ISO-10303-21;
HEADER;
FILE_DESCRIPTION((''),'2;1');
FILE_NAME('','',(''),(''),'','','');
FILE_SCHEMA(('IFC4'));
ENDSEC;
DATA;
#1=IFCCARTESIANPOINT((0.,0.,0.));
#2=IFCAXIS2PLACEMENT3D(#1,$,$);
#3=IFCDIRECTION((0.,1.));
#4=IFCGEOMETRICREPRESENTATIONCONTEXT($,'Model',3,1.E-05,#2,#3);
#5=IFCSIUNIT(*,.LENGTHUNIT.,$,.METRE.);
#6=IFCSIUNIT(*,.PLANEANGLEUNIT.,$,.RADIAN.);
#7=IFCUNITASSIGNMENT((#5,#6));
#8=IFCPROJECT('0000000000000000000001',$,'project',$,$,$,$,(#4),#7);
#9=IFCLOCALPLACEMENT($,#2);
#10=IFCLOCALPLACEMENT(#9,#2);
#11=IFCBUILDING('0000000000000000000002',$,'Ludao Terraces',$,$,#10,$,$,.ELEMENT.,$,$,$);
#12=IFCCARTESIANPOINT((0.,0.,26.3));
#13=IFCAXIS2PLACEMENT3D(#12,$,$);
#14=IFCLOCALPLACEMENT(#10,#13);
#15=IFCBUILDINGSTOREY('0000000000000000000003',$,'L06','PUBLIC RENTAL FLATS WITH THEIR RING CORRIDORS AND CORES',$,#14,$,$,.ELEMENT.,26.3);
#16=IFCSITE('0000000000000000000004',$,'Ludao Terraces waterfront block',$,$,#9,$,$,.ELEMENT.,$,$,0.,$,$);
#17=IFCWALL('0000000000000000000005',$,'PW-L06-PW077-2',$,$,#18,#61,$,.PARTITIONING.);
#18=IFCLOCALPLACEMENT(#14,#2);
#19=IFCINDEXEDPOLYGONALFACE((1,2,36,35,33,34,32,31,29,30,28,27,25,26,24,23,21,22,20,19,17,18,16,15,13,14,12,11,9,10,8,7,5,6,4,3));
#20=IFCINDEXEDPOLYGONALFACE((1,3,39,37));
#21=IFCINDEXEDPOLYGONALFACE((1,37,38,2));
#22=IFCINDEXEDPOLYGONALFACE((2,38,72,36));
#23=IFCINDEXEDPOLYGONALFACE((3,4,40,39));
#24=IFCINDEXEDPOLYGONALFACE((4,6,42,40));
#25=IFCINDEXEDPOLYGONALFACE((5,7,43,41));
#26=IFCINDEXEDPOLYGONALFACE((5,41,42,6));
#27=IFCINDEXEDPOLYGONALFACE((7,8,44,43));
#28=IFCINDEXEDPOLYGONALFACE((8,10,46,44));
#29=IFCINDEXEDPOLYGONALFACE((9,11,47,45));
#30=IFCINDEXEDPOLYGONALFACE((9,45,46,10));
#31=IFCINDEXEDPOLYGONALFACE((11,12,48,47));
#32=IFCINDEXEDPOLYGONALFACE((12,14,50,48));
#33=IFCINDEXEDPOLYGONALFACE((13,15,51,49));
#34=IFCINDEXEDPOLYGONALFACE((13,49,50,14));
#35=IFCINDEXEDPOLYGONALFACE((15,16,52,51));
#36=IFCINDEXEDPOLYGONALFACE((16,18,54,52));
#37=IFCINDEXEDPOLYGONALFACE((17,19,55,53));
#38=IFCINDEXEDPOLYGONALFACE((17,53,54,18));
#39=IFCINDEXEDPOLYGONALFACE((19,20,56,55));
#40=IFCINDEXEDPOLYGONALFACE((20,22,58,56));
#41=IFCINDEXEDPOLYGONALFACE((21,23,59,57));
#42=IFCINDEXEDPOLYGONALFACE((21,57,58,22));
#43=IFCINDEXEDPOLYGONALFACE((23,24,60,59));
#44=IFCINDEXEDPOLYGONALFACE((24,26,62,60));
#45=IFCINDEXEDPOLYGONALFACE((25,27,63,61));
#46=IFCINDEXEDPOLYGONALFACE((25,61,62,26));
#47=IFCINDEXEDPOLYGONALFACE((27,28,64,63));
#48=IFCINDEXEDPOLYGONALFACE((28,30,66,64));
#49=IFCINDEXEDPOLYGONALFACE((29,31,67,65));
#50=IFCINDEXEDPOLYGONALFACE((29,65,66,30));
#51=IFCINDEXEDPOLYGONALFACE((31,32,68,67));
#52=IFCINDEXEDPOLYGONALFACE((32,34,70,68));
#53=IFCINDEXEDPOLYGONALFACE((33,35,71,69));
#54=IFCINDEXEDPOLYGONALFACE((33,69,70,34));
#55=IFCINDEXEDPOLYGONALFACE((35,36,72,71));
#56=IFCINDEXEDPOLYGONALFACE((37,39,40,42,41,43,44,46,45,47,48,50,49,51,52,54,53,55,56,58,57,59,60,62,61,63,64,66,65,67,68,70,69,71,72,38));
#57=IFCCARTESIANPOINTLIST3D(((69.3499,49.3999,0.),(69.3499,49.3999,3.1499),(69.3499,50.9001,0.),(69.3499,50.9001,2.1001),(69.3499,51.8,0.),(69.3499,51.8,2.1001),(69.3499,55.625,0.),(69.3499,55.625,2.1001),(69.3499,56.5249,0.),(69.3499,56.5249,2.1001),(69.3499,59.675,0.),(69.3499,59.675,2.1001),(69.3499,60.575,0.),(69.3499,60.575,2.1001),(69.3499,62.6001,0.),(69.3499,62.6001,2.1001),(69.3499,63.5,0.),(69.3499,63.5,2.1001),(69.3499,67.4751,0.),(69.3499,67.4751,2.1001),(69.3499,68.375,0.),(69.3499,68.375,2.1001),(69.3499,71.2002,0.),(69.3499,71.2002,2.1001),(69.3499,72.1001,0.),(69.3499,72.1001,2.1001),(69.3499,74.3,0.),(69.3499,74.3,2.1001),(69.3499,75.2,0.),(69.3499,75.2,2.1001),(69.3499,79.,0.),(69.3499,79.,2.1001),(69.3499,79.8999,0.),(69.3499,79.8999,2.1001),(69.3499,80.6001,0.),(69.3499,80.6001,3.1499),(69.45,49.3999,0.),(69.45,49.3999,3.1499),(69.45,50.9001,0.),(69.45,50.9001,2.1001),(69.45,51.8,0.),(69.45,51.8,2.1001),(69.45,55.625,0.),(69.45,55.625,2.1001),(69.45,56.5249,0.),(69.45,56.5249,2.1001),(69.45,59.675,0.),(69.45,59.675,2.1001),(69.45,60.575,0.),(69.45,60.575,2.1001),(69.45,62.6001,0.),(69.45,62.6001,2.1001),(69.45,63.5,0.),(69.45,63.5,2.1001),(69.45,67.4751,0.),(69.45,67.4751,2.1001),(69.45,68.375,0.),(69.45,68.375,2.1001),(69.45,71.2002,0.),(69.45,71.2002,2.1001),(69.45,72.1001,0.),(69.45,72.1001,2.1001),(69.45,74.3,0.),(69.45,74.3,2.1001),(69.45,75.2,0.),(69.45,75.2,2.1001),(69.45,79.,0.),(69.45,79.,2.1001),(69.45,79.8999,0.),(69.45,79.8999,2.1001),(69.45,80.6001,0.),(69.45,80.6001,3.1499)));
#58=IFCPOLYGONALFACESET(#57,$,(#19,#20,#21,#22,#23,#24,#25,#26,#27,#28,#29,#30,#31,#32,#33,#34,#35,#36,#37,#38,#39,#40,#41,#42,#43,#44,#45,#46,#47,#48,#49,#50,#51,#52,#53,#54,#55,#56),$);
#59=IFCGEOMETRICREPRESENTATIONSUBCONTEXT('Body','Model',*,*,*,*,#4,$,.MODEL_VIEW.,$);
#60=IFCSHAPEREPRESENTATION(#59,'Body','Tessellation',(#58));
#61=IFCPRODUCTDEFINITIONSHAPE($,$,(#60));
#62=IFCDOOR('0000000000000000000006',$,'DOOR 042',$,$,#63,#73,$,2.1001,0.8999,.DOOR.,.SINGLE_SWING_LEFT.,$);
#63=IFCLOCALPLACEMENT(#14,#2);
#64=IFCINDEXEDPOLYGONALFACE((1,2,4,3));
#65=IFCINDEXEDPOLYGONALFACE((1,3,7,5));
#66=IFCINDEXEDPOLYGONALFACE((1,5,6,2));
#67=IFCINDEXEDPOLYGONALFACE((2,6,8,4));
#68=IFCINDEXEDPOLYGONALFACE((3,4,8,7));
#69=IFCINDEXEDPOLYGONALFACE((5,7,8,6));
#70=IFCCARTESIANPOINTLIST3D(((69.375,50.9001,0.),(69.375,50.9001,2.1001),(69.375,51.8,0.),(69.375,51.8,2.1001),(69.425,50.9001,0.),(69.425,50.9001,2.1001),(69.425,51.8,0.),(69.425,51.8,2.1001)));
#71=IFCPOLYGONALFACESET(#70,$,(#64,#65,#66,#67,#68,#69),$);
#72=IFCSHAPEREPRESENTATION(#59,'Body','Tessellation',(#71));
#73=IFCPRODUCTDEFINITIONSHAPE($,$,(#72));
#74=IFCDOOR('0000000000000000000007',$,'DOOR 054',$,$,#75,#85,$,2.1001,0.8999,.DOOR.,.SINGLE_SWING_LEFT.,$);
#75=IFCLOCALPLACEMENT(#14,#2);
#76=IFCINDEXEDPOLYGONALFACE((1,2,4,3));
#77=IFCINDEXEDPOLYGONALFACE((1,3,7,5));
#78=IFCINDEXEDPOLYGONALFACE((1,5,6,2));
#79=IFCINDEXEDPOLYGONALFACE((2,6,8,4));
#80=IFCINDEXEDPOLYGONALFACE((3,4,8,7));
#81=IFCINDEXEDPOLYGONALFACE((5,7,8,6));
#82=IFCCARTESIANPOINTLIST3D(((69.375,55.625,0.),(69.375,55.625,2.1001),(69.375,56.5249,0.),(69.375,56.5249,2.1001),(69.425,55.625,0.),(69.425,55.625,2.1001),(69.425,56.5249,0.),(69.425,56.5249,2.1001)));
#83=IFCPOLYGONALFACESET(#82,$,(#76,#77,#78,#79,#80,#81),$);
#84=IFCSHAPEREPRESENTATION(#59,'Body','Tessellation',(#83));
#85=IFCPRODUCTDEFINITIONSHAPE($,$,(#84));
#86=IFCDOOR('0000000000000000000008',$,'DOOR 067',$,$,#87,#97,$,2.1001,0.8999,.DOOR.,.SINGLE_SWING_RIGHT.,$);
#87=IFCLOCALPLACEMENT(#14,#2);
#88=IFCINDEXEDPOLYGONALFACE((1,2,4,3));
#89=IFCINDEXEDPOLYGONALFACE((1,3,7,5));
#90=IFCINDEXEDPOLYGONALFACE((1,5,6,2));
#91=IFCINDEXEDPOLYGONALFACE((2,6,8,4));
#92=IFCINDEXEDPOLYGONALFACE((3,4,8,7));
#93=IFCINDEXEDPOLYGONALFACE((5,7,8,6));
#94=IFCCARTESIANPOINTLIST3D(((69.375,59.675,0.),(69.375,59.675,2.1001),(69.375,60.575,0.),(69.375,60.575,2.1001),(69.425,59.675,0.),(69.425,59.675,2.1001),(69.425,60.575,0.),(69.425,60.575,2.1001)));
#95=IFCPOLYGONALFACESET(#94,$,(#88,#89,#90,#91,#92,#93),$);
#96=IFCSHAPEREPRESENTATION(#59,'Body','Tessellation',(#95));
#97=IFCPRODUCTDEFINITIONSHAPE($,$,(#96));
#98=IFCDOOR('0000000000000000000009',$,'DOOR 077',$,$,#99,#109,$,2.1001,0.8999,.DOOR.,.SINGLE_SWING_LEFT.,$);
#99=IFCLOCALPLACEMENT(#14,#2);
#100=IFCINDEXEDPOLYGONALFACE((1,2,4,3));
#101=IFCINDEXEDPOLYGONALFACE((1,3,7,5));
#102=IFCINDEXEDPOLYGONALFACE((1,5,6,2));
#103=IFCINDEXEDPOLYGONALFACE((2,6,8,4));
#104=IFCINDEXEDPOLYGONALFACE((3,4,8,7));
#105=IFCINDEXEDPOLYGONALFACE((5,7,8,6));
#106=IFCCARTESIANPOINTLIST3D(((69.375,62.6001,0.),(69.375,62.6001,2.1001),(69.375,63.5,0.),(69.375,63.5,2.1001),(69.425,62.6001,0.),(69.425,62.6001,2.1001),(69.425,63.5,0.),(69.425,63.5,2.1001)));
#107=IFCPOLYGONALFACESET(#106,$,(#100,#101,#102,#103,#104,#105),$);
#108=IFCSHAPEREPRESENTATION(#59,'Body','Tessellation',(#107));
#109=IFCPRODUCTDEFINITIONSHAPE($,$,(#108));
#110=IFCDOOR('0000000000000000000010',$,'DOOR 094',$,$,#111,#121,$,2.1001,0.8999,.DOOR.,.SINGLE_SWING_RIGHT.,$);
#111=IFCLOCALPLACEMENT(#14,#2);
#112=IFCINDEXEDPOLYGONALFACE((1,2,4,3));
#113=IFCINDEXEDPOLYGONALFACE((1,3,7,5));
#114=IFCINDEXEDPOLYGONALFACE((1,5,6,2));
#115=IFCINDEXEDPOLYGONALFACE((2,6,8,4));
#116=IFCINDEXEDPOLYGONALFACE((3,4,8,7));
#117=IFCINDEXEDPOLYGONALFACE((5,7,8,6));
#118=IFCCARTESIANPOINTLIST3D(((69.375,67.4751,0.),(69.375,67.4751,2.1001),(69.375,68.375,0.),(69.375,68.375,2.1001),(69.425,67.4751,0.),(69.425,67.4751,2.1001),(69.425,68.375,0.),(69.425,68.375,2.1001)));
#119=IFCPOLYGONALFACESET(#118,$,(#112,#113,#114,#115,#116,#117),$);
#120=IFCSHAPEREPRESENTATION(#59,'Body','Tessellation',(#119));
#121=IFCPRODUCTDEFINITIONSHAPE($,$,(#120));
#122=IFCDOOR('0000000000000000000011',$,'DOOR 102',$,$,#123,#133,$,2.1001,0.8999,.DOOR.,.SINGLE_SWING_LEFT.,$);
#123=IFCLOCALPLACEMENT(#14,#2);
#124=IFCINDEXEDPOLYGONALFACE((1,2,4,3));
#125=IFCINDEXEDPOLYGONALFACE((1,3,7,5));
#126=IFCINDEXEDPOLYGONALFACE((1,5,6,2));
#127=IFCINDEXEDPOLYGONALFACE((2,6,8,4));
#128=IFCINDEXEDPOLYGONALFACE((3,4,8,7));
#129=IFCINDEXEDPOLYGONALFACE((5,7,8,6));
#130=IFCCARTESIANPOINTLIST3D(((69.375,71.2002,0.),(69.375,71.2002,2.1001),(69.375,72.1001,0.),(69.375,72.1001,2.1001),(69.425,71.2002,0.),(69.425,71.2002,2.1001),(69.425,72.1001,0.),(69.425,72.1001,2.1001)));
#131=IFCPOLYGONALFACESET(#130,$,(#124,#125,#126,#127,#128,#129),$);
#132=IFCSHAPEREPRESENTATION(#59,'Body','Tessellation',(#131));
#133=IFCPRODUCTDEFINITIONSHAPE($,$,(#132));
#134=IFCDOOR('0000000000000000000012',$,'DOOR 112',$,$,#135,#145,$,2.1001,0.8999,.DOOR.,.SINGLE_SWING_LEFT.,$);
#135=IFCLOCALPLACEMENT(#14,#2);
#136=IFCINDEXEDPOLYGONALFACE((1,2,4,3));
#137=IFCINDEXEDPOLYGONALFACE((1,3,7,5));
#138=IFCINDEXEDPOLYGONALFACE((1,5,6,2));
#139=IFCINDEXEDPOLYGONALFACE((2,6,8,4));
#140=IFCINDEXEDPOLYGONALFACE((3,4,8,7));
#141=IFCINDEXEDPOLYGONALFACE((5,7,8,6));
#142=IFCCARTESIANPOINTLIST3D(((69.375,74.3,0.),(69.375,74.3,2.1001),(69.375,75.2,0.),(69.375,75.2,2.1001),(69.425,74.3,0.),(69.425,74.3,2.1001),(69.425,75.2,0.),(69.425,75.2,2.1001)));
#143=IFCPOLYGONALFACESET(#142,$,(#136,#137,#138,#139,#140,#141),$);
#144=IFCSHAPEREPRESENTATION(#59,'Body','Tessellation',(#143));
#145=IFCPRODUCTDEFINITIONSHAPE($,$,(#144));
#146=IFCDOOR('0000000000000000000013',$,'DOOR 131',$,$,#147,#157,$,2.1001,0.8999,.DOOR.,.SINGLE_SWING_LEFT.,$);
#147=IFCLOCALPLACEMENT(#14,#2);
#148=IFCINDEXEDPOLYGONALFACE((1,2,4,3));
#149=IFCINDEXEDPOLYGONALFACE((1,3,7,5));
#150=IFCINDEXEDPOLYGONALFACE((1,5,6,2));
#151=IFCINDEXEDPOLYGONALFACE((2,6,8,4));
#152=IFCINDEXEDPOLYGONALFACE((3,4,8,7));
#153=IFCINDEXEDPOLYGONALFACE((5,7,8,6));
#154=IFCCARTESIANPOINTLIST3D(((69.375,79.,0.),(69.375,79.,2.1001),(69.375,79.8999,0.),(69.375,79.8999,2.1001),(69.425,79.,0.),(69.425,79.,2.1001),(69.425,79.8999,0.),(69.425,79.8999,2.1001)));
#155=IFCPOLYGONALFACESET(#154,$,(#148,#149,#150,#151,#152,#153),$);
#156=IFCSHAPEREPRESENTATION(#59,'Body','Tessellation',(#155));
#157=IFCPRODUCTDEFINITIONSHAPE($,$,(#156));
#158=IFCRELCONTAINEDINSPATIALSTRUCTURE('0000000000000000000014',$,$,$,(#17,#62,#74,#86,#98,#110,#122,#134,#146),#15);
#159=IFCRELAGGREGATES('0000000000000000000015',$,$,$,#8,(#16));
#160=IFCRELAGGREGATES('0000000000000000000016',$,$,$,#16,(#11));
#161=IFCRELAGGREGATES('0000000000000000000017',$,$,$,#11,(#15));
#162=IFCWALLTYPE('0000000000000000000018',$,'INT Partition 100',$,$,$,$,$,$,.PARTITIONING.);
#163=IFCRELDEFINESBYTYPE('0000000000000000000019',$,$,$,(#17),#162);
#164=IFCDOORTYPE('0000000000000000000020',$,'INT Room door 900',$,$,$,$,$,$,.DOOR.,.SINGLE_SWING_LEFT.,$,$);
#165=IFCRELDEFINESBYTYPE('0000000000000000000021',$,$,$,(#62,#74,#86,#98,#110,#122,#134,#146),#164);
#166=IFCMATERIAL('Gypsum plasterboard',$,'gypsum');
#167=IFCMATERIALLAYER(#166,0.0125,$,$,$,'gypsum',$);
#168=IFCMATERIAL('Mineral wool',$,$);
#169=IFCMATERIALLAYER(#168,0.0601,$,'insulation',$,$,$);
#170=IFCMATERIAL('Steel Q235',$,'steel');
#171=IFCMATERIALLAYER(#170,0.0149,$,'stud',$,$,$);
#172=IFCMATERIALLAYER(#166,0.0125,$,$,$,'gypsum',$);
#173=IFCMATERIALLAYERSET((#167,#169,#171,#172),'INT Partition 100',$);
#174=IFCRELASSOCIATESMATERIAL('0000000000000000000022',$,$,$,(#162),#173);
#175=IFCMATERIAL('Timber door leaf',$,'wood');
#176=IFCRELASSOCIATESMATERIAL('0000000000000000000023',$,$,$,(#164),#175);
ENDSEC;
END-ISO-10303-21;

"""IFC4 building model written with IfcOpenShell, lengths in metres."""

from ifc_helpers import new_model, si_unit, direction, frame, frame_2d, origin, place, context, subcontext, project, spatial, rectangle, extrude, material, layer, layer_set, type_object, element, fill, save


model = new_model("IFC4")

# Units and contexts
model_context = context("Model", 3, precision=1e-05, world=origin(), true_north=direction((0.0, 1.0)))
body_context = subcontext(model_context, "Body", "Model", "MODEL_VIEW")
ifc_project = project(units=[si_unit("LENGTHUNIT", "METRE"), si_unit("PLANEANGLEUNIT", "RADIAN")], contexts=[model_context])

# Site, building, storey
site_placement = place(None, origin())
site = spatial("IfcSite", under=ifc_project, at=site_placement, Name="Ludao Terraces waterfront block", CompositionType="ELEMENT", RefElevation=0.0)
building_placement = place(site_placement, origin())
building = spatial("IfcBuilding", under=site, at=building_placement, Name="Ludao Terraces", CompositionType="ELEMENT")
storey_placement = place(building_placement, frame((0.0, 0.0, 26.3)))
storey = spatial("IfcBuildingStorey", under=building, at=storey_placement, Name="L06", Description="PUBLIC RENTAL FLATS WITH THEIR RING CORRIDORS AND CORES", CompositionType="ELEMENT", Elevation=26.3)

# Shared definitions
ifc_material_1 = material(Name="Gypsum plasterboard", Category="gypsum")
ifc_layer_1 = layer(ifc_material_1, 0.0125, Category="gypsum")
ifc_material_2 = material(Name="Mineral wool")
ifc_layer_2 = layer(ifc_material_2, 0.0601, Name="insulation")
ifc_material_3 = material(Name="Steel Q235", Category="steel")
ifc_layer_3 = layer(ifc_material_3, 0.0149, Name="stud")
ifc_layer_4 = layer(ifc_material_1, 0.0125, Category="gypsum")
ifc_layer_set = layer_set([ifc_layer_1, ifc_layer_2, ifc_layer_3, ifc_layer_4], Name="INT Partition 100")
wall_type = type_object("IfcWallType", Name="INT Partition 100", PredefinedType="PARTITIONING", material=ifc_layer_set)

# Wall, openings, doors
wall_placement = place(storey_placement, frame((69.3999, 49.3999, 0.0), z_axis=(0.0, 0.0, 1.0), x_axis=(0.0, 1.0, 0.0)))
wall = element("IfcWall", 1, at=wall_placement, inside=storey, type_object=wall_type, Name="PW-L06-PW077-2", PredefinedType="PARTITIONING", context=body_context, shape_type="SweptSolid", body=[
    extrude(rectangle(XDim=31.2002, YDim=0.1001, at=frame_2d((15.6001, 0.0))), origin(), (0.0, 0.0, 1.0), 3.1499),
])
opening_1_placement = place(wall_placement, frame((1.5002, 0.0, 0.0)))
opening_1 = element("IfcOpeningElement", 2, at=opening_1_placement, cuts=wall, PredefinedType="OPENING", context=body_context, shape_type="SweptSolid", body=[
    extrude(rectangle(XDim=0.8999, YDim=2.1001, at=frame_2d((0.45, 1.05))), frame((0.0, 0.0601, 0.0), z_axis=(0.0, -1.0, 0.0), x_axis=(1.0, 0.0, 0.0)), (0.0, 0.0, 1.0), 0.1201),
])
opening_2_placement = place(wall_placement, frame((6.2251, 0.0, 0.0)))
opening_2 = element("IfcOpeningElement", 3, at=opening_2_placement, cuts=wall, PredefinedType="OPENING", context=body_context, shape_type="SweptSolid", body=[
    extrude(rectangle(XDim=0.8999, YDim=2.1001, at=frame_2d((0.45, 1.05))), frame((0.0, 0.0601, 0.0), z_axis=(0.0, -1.0, 0.0), x_axis=(1.0, 0.0, 0.0)), (0.0, 0.0, 1.0), 0.1201),
])
opening_3_placement = place(wall_placement, frame((10.2751, 0.0, 0.0)))
opening_3 = element("IfcOpeningElement", 4, at=opening_3_placement, cuts=wall, PredefinedType="OPENING", context=body_context, shape_type="SweptSolid", body=[
    extrude(rectangle(XDim=0.8999, YDim=2.1001, at=frame_2d((0.45, 1.05))), frame((0.0, 0.0601, 0.0), z_axis=(0.0, -1.0, 0.0), x_axis=(1.0, 0.0, 0.0)), (0.0, 0.0, 1.0), 0.1201),
])
opening_4_placement = place(wall_placement, frame((13.2002, 0.0, 0.0)))
opening_4 = element("IfcOpeningElement", 5, at=opening_4_placement, cuts=wall, PredefinedType="OPENING", context=body_context, shape_type="SweptSolid", body=[
    extrude(rectangle(XDim=0.8999, YDim=2.1001, at=frame_2d((0.45, 1.05))), frame((0.0, 0.0601, 0.0), z_axis=(0.0, -1.0, 0.0), x_axis=(1.0, 0.0, 0.0)), (0.0, 0.0, 1.0), 0.1201),
])
opening_5_placement = place(wall_placement, frame((18.0752, 0.0, 0.0)))
opening_5 = element("IfcOpeningElement", 6, at=opening_5_placement, cuts=wall, PredefinedType="OPENING", context=body_context, shape_type="SweptSolid", body=[
    extrude(rectangle(XDim=0.8999, YDim=2.1001, at=frame_2d((0.45, 1.05))), frame((0.0, 0.0601, 0.0), z_axis=(0.0, -1.0, 0.0), x_axis=(1.0, 0.0, 0.0)), (0.0, 0.0, 1.0), 0.1201),
])
opening_6_placement = place(wall_placement, frame((21.8003, 0.0, 0.0)))
opening_6 = element("IfcOpeningElement", 7, at=opening_6_placement, cuts=wall, PredefinedType="OPENING", context=body_context, shape_type="SweptSolid", body=[
    extrude(rectangle(XDim=0.8999, YDim=2.1001, at=frame_2d((0.45, 1.05))), frame((0.0, 0.0601, 0.0), z_axis=(0.0, -1.0, 0.0), x_axis=(1.0, 0.0, 0.0)), (0.0, 0.0, 1.0), 0.1201),
])
opening_7_placement = place(wall_placement, frame((24.9001, 0.0, 0.0)))
opening_7 = element("IfcOpeningElement", 8, at=opening_7_placement, cuts=wall, PredefinedType="OPENING", context=body_context, shape_type="SweptSolid", body=[
    extrude(rectangle(XDim=0.8999, YDim=2.1001, at=frame_2d((0.45, 1.05))), frame((0.0, 0.0601, 0.0), z_axis=(0.0, -1.0, 0.0), x_axis=(1.0, 0.0, 0.0)), (0.0, 0.0, 1.0), 0.1201),
])
opening_8_placement = place(wall_placement, frame((29.6001, 0.0, 0.0)))
opening_8 = element("IfcOpeningElement", 9, at=opening_8_placement, cuts=wall, PredefinedType="OPENING", context=body_context, shape_type="SweptSolid", body=[
    extrude(rectangle(XDim=0.8999, YDim=2.1001, at=frame_2d((0.45, 1.05))), frame((0.0, 0.0601, 0.0), z_axis=(0.0, -1.0, 0.0), x_axis=(1.0, 0.0, 0.0)), (0.0, 0.0, 1.0), 0.1201),
])
ifc_material_4 = material(Name="Timber door leaf", Category="wood")
door_type = type_object("IfcDoorType", Name="INT Room door 900", OperationType="SINGLE_SWING_LEFT", PredefinedType="DOOR", material=ifc_material_4)
door_1_placement = place(opening_1_placement, origin())
door_1 = element("IfcDoor", 10, at=door_1_placement, inside=storey, type_object=door_type, Name="DOOR 042", OperationType="SINGLE_SWING_LEFT", OverallHeight=2.1001, OverallWidth=0.8999, PredefinedType="DOOR", context=body_context, shape_type="SweptSolid", body=[
    extrude(rectangle(XDim=0.8999, YDim=2.1001, at=frame_2d((0.45, 1.05))), frame((0.0, 0.0249, 0.0), z_axis=(0.0, -1.0, 0.0), x_axis=(1.0, 0.0, 0.0)), (0.0, 0.0, 1.0), 0.05),
])
fill(opening_1, door_1)
door_2_placement = place(opening_2_placement, origin())
door_2 = element("IfcDoor", 11, at=door_2_placement, inside=storey, type_object=door_type, Name="DOOR 054", OperationType="SINGLE_SWING_LEFT", OverallHeight=2.1001, OverallWidth=0.8999, PredefinedType="DOOR", context=body_context, shape_type="SweptSolid", body=[
    extrude(rectangle(XDim=0.8999, YDim=2.1001, at=frame_2d((0.45, 1.05))), frame((0.0, 0.0249, 0.0), z_axis=(0.0, -1.0, 0.0), x_axis=(1.0, 0.0, 0.0)), (0.0, 0.0, 1.0), 0.05),
])
fill(opening_2, door_2)
door_3_placement = place(opening_3_placement, origin())
door_3 = element("IfcDoor", 12, at=door_3_placement, inside=storey, type_object=door_type, Name="DOOR 067", OperationType="SINGLE_SWING_RIGHT", OverallHeight=2.1001, OverallWidth=0.8999, PredefinedType="DOOR", context=body_context, shape_type="SweptSolid", body=[
    extrude(rectangle(XDim=0.8999, YDim=2.1001, at=frame_2d((0.45, 1.05))), frame((0.0, 0.0249, 0.0), z_axis=(0.0, -1.0, 0.0), x_axis=(1.0, 0.0, 0.0)), (0.0, 0.0, 1.0), 0.05),
])
fill(opening_3, door_3)
door_4_placement = place(opening_4_placement, origin())
door_4 = element("IfcDoor", 13, at=door_4_placement, inside=storey, type_object=door_type, Name="DOOR 077", OperationType="SINGLE_SWING_LEFT", OverallHeight=2.1001, OverallWidth=0.8999, PredefinedType="DOOR", context=body_context, shape_type="SweptSolid", body=[
    extrude(rectangle(XDim=0.8999, YDim=2.1001, at=frame_2d((0.45, 1.05))), frame((0.0, 0.0249, 0.0), z_axis=(0.0, -1.0, 0.0), x_axis=(1.0, 0.0, 0.0)), (0.0, 0.0, 1.0), 0.05),
])
fill(opening_4, door_4)
door_5_placement = place(opening_5_placement, origin())
door_5 = element("IfcDoor", 14, at=door_5_placement, inside=storey, type_object=door_type, Name="DOOR 094", OperationType="SINGLE_SWING_RIGHT", OverallHeight=2.1001, OverallWidth=0.8999, PredefinedType="DOOR", context=body_context, shape_type="SweptSolid", body=[
    extrude(rectangle(XDim=0.8999, YDim=2.1001, at=frame_2d((0.45, 1.05))), frame((0.0, 0.0249, 0.0), z_axis=(0.0, -1.0, 0.0), x_axis=(1.0, 0.0, 0.0)), (0.0, 0.0, 1.0), 0.05),
])
fill(opening_5, door_5)
door_6_placement = place(opening_6_placement, origin())
door_6 = element("IfcDoor", 15, at=door_6_placement, inside=storey, type_object=door_type, Name="DOOR 102", OperationType="SINGLE_SWING_LEFT", OverallHeight=2.1001, OverallWidth=0.8999, PredefinedType="DOOR", context=body_context, shape_type="SweptSolid", body=[
    extrude(rectangle(XDim=0.8999, YDim=2.1001, at=frame_2d((0.45, 1.05))), frame((0.0, 0.0249, 0.0), z_axis=(0.0, -1.0, 0.0), x_axis=(1.0, 0.0, 0.0)), (0.0, 0.0, 1.0), 0.05),
])
fill(opening_6, door_6)
door_7_placement = place(opening_7_placement, origin())
door_7 = element("IfcDoor", 16, at=door_7_placement, inside=storey, type_object=door_type, Name="DOOR 112", OperationType="SINGLE_SWING_LEFT", OverallHeight=2.1001, OverallWidth=0.8999, PredefinedType="DOOR", context=body_context, shape_type="SweptSolid", body=[
    extrude(rectangle(XDim=0.8999, YDim=2.1001, at=frame_2d((0.45, 1.05))), frame((0.0, 0.0249, 0.0), z_axis=(0.0, -1.0, 0.0), x_axis=(1.0, 0.0, 0.0)), (0.0, 0.0, 1.0), 0.05),
])
fill(opening_7, door_7)
door_8_placement = place(opening_8_placement, origin())
door_8 = element("IfcDoor", 17, at=door_8_placement, inside=storey, type_object=door_type, Name="DOOR 131", OperationType="SINGLE_SWING_LEFT", OverallHeight=2.1001, OverallWidth=0.8999, PredefinedType="DOOR", context=body_context, shape_type="SweptSolid", body=[
    extrude(rectangle(XDim=0.8999, YDim=2.1001, at=frame_2d((0.45, 1.05))), frame((0.0, 0.0249, 0.0), z_axis=(0.0, -1.0, 0.0), x_axis=(1.0, 0.0, 0.0)), (0.0, 0.0, 1.0), 0.05),
])
fill(opening_8, door_8)

save(model, "model.ifc")
